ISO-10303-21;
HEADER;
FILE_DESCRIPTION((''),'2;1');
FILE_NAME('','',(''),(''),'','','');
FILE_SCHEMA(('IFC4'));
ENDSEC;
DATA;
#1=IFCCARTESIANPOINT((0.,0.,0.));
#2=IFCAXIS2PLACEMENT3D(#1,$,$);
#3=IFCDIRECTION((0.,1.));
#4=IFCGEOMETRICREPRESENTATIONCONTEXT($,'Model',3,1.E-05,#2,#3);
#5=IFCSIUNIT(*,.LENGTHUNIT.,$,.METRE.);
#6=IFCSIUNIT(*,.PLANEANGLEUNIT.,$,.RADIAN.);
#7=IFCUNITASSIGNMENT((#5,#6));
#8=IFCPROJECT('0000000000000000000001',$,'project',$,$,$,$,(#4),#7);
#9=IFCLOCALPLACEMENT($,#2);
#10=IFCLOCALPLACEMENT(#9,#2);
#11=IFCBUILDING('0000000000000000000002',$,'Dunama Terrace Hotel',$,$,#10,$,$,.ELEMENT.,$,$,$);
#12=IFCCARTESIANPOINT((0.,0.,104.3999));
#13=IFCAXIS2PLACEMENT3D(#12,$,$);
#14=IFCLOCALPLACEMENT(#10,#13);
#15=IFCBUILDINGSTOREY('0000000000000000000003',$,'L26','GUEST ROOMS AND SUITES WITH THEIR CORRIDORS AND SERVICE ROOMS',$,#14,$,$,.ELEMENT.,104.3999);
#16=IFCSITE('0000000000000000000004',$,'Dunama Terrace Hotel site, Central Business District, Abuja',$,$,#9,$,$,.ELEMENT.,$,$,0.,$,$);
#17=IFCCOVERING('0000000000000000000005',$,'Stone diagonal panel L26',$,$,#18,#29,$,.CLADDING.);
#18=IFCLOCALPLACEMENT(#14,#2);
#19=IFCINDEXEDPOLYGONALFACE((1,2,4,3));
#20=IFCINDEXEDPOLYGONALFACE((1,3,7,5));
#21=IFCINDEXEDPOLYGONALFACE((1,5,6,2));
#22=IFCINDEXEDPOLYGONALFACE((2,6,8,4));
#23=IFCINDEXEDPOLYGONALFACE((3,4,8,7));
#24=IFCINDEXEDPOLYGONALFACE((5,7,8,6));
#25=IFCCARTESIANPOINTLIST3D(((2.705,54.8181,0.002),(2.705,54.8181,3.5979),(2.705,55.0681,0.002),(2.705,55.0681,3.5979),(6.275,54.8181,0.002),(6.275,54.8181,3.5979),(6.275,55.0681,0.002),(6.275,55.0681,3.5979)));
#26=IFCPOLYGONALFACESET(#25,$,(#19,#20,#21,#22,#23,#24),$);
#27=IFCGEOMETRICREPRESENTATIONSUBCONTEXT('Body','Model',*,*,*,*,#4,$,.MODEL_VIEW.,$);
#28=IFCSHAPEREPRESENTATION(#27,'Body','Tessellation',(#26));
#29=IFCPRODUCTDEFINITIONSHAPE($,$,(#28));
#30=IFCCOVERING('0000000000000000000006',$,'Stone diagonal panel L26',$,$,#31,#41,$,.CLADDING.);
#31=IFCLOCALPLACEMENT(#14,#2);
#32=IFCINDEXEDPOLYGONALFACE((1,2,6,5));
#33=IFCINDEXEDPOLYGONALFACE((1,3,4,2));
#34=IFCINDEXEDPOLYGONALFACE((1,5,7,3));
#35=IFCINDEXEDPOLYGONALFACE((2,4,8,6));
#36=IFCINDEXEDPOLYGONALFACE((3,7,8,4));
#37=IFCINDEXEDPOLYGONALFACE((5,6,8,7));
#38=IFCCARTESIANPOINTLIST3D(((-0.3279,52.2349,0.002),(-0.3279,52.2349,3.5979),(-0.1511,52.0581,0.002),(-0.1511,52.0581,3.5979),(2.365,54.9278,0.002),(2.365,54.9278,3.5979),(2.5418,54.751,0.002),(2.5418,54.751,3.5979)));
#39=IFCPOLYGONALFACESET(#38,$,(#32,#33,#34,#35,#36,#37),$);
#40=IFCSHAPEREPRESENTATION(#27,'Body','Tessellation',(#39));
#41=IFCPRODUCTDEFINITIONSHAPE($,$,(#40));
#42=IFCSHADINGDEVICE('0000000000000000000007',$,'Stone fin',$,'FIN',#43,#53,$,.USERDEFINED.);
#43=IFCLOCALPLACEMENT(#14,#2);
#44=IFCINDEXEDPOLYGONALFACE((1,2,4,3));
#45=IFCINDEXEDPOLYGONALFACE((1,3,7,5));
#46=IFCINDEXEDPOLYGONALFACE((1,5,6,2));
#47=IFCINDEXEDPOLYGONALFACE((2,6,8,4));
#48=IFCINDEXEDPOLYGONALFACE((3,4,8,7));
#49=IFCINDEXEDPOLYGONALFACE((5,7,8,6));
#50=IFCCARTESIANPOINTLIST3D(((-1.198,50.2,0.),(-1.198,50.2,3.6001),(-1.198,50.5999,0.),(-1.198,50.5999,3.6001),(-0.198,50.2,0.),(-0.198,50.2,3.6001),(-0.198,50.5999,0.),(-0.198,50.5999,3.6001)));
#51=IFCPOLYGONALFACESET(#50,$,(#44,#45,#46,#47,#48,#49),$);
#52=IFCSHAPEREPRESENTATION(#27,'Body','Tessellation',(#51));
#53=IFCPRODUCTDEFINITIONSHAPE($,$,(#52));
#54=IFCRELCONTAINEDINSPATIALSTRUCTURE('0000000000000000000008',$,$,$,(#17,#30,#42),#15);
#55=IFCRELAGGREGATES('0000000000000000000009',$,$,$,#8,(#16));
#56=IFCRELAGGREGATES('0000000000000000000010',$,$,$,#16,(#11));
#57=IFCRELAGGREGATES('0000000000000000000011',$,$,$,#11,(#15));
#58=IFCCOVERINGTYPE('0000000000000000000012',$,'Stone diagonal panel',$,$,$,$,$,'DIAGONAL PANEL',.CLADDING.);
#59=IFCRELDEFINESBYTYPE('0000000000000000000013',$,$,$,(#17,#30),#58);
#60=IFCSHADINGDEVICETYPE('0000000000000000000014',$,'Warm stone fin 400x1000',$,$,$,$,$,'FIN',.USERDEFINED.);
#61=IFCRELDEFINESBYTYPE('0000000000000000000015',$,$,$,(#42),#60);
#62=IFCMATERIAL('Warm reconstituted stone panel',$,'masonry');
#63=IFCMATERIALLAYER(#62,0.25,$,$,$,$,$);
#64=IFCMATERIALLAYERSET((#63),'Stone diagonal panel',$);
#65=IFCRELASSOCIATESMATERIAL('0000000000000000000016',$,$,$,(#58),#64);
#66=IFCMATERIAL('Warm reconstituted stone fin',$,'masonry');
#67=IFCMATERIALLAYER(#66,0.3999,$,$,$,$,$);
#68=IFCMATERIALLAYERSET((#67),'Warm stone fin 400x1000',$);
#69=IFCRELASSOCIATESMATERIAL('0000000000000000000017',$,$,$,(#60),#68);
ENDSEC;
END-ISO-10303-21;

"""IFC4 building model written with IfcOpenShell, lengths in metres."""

from ifc_helpers import new_model, si_unit, direction, frame, origin, origin_2d, place, context, subcontext, project, spatial, rectangle, extrude, material, layer, layer_set, type_object, element, save


model = new_model("IFC4")

# Units and contexts
model_context = context("Model", 3, precision=1e-05, world=origin(), true_north=direction((0.0, 1.0)))
body_context = subcontext(model_context, "Body", "Model", "MODEL_VIEW")
ifc_project = project(units=[si_unit("LENGTHUNIT", "METRE"), si_unit("PLANEANGLEUNIT", "RADIAN")], contexts=[model_context])

# Site, building, storey
site_placement = place(None, origin())
site = spatial("IfcSite", under=ifc_project, at=site_placement, Name="Dunama Terrace Hotel site, Central Business District, Abuja", CompositionType="ELEMENT", RefElevation=0.0)
building_placement = place(site_placement, origin())
building = spatial("IfcBuilding", under=site, at=building_placement, Name="Dunama Terrace Hotel", CompositionType="ELEMENT")
storey_placement = place(building_placement, frame((0.0, 0.0, 104.3999)))
storey = spatial("IfcBuildingStorey", under=building, at=storey_placement, Name="L26", Description="GUEST ROOMS AND SUITES WITH THEIR CORRIDORS AND SERVICE ROOMS", CompositionType="ELEMENT", Elevation=104.3999)

# Coverings
ifc_material_1 = material(Name="Warm reconstituted stone panel", Category="masonry")
ifc_layer_1 = layer(ifc_material_1, 0.25)
ifc_layer_set_1 = layer_set([ifc_layer_1], Name="Stone diagonal panel")
covering_type = type_object("IfcCoveringType", Name="Stone diagonal panel", ElementType="DIAGONAL PANEL", PredefinedType="CLADDING", material=ifc_layer_set_1)
covering_1_placement = place(storey_placement, frame((4.49, 54.9431, 0.002), z_axis=(0.0, 0.0, 1.0), x_axis=(-1.0, 0.0, 0.0)))
element("IfcCovering", 1, at=covering_1_placement, inside=storey, type_object=covering_type, Name="Stone diagonal panel L26", PredefinedType="CLADDING", context=body_context, shape_type="SweptSolid", body=[
    extrude(rectangle(XDim=3.5701, YDim=0.25, at=origin_2d()), origin(), (0.0, 0.0, 1.0), 3.5959),
])
covering_2_placement = place(storey_placement, frame((1.1069, 53.4929, 0.002), z_axis=(0.0, 0.0, 1.0), x_axis=(-0.707107, -0.707107, 0.0)))
element("IfcCovering", 2, at=covering_2_placement, inside=storey, type_object=covering_type, Name="Stone diagonal panel L26", PredefinedType="CLADDING", context=body_context, shape_type="SweptSolid", body=[
    extrude(rectangle(XDim=3.8083, YDim=0.25, at=origin_2d()), origin(), (0.0, 0.0, 1.0), 3.5959),
])

# Shading device
ifc_material_2 = material(Name="Warm reconstituted stone fin", Category="masonry")
ifc_layer_2 = layer(ifc_material_2, 0.3999)
ifc_layer_set_2 = layer_set([ifc_layer_2], Name="Warm stone fin 400x1000")
shading_device_type = type_object("IfcShadingDeviceType", Name="Warm stone fin 400x1000", ElementType="FIN", PredefinedType="USERDEFINED", material=ifc_layer_set_2)
shading_device_placement = place(storey_placement, frame((-0.698, 50.3999, 0.0), z_axis=(0.0, 0.0, 1.0), x_axis=(0.0, -1.0, 0.0)))
element("IfcShadingDevice", 3, at=shading_device_placement, inside=storey, type_object=shading_device_type, Name="Stone fin", ObjectType="FIN", PredefinedType="USERDEFINED", context=body_context, shape_type="SweptSolid", body=[
    extrude(rectangle(XDim=0.3999, YDim=1.0, at=origin_2d()), origin(), (0.0, 0.0, 1.0), 3.6001),
])

save(model, "model.ifc")
